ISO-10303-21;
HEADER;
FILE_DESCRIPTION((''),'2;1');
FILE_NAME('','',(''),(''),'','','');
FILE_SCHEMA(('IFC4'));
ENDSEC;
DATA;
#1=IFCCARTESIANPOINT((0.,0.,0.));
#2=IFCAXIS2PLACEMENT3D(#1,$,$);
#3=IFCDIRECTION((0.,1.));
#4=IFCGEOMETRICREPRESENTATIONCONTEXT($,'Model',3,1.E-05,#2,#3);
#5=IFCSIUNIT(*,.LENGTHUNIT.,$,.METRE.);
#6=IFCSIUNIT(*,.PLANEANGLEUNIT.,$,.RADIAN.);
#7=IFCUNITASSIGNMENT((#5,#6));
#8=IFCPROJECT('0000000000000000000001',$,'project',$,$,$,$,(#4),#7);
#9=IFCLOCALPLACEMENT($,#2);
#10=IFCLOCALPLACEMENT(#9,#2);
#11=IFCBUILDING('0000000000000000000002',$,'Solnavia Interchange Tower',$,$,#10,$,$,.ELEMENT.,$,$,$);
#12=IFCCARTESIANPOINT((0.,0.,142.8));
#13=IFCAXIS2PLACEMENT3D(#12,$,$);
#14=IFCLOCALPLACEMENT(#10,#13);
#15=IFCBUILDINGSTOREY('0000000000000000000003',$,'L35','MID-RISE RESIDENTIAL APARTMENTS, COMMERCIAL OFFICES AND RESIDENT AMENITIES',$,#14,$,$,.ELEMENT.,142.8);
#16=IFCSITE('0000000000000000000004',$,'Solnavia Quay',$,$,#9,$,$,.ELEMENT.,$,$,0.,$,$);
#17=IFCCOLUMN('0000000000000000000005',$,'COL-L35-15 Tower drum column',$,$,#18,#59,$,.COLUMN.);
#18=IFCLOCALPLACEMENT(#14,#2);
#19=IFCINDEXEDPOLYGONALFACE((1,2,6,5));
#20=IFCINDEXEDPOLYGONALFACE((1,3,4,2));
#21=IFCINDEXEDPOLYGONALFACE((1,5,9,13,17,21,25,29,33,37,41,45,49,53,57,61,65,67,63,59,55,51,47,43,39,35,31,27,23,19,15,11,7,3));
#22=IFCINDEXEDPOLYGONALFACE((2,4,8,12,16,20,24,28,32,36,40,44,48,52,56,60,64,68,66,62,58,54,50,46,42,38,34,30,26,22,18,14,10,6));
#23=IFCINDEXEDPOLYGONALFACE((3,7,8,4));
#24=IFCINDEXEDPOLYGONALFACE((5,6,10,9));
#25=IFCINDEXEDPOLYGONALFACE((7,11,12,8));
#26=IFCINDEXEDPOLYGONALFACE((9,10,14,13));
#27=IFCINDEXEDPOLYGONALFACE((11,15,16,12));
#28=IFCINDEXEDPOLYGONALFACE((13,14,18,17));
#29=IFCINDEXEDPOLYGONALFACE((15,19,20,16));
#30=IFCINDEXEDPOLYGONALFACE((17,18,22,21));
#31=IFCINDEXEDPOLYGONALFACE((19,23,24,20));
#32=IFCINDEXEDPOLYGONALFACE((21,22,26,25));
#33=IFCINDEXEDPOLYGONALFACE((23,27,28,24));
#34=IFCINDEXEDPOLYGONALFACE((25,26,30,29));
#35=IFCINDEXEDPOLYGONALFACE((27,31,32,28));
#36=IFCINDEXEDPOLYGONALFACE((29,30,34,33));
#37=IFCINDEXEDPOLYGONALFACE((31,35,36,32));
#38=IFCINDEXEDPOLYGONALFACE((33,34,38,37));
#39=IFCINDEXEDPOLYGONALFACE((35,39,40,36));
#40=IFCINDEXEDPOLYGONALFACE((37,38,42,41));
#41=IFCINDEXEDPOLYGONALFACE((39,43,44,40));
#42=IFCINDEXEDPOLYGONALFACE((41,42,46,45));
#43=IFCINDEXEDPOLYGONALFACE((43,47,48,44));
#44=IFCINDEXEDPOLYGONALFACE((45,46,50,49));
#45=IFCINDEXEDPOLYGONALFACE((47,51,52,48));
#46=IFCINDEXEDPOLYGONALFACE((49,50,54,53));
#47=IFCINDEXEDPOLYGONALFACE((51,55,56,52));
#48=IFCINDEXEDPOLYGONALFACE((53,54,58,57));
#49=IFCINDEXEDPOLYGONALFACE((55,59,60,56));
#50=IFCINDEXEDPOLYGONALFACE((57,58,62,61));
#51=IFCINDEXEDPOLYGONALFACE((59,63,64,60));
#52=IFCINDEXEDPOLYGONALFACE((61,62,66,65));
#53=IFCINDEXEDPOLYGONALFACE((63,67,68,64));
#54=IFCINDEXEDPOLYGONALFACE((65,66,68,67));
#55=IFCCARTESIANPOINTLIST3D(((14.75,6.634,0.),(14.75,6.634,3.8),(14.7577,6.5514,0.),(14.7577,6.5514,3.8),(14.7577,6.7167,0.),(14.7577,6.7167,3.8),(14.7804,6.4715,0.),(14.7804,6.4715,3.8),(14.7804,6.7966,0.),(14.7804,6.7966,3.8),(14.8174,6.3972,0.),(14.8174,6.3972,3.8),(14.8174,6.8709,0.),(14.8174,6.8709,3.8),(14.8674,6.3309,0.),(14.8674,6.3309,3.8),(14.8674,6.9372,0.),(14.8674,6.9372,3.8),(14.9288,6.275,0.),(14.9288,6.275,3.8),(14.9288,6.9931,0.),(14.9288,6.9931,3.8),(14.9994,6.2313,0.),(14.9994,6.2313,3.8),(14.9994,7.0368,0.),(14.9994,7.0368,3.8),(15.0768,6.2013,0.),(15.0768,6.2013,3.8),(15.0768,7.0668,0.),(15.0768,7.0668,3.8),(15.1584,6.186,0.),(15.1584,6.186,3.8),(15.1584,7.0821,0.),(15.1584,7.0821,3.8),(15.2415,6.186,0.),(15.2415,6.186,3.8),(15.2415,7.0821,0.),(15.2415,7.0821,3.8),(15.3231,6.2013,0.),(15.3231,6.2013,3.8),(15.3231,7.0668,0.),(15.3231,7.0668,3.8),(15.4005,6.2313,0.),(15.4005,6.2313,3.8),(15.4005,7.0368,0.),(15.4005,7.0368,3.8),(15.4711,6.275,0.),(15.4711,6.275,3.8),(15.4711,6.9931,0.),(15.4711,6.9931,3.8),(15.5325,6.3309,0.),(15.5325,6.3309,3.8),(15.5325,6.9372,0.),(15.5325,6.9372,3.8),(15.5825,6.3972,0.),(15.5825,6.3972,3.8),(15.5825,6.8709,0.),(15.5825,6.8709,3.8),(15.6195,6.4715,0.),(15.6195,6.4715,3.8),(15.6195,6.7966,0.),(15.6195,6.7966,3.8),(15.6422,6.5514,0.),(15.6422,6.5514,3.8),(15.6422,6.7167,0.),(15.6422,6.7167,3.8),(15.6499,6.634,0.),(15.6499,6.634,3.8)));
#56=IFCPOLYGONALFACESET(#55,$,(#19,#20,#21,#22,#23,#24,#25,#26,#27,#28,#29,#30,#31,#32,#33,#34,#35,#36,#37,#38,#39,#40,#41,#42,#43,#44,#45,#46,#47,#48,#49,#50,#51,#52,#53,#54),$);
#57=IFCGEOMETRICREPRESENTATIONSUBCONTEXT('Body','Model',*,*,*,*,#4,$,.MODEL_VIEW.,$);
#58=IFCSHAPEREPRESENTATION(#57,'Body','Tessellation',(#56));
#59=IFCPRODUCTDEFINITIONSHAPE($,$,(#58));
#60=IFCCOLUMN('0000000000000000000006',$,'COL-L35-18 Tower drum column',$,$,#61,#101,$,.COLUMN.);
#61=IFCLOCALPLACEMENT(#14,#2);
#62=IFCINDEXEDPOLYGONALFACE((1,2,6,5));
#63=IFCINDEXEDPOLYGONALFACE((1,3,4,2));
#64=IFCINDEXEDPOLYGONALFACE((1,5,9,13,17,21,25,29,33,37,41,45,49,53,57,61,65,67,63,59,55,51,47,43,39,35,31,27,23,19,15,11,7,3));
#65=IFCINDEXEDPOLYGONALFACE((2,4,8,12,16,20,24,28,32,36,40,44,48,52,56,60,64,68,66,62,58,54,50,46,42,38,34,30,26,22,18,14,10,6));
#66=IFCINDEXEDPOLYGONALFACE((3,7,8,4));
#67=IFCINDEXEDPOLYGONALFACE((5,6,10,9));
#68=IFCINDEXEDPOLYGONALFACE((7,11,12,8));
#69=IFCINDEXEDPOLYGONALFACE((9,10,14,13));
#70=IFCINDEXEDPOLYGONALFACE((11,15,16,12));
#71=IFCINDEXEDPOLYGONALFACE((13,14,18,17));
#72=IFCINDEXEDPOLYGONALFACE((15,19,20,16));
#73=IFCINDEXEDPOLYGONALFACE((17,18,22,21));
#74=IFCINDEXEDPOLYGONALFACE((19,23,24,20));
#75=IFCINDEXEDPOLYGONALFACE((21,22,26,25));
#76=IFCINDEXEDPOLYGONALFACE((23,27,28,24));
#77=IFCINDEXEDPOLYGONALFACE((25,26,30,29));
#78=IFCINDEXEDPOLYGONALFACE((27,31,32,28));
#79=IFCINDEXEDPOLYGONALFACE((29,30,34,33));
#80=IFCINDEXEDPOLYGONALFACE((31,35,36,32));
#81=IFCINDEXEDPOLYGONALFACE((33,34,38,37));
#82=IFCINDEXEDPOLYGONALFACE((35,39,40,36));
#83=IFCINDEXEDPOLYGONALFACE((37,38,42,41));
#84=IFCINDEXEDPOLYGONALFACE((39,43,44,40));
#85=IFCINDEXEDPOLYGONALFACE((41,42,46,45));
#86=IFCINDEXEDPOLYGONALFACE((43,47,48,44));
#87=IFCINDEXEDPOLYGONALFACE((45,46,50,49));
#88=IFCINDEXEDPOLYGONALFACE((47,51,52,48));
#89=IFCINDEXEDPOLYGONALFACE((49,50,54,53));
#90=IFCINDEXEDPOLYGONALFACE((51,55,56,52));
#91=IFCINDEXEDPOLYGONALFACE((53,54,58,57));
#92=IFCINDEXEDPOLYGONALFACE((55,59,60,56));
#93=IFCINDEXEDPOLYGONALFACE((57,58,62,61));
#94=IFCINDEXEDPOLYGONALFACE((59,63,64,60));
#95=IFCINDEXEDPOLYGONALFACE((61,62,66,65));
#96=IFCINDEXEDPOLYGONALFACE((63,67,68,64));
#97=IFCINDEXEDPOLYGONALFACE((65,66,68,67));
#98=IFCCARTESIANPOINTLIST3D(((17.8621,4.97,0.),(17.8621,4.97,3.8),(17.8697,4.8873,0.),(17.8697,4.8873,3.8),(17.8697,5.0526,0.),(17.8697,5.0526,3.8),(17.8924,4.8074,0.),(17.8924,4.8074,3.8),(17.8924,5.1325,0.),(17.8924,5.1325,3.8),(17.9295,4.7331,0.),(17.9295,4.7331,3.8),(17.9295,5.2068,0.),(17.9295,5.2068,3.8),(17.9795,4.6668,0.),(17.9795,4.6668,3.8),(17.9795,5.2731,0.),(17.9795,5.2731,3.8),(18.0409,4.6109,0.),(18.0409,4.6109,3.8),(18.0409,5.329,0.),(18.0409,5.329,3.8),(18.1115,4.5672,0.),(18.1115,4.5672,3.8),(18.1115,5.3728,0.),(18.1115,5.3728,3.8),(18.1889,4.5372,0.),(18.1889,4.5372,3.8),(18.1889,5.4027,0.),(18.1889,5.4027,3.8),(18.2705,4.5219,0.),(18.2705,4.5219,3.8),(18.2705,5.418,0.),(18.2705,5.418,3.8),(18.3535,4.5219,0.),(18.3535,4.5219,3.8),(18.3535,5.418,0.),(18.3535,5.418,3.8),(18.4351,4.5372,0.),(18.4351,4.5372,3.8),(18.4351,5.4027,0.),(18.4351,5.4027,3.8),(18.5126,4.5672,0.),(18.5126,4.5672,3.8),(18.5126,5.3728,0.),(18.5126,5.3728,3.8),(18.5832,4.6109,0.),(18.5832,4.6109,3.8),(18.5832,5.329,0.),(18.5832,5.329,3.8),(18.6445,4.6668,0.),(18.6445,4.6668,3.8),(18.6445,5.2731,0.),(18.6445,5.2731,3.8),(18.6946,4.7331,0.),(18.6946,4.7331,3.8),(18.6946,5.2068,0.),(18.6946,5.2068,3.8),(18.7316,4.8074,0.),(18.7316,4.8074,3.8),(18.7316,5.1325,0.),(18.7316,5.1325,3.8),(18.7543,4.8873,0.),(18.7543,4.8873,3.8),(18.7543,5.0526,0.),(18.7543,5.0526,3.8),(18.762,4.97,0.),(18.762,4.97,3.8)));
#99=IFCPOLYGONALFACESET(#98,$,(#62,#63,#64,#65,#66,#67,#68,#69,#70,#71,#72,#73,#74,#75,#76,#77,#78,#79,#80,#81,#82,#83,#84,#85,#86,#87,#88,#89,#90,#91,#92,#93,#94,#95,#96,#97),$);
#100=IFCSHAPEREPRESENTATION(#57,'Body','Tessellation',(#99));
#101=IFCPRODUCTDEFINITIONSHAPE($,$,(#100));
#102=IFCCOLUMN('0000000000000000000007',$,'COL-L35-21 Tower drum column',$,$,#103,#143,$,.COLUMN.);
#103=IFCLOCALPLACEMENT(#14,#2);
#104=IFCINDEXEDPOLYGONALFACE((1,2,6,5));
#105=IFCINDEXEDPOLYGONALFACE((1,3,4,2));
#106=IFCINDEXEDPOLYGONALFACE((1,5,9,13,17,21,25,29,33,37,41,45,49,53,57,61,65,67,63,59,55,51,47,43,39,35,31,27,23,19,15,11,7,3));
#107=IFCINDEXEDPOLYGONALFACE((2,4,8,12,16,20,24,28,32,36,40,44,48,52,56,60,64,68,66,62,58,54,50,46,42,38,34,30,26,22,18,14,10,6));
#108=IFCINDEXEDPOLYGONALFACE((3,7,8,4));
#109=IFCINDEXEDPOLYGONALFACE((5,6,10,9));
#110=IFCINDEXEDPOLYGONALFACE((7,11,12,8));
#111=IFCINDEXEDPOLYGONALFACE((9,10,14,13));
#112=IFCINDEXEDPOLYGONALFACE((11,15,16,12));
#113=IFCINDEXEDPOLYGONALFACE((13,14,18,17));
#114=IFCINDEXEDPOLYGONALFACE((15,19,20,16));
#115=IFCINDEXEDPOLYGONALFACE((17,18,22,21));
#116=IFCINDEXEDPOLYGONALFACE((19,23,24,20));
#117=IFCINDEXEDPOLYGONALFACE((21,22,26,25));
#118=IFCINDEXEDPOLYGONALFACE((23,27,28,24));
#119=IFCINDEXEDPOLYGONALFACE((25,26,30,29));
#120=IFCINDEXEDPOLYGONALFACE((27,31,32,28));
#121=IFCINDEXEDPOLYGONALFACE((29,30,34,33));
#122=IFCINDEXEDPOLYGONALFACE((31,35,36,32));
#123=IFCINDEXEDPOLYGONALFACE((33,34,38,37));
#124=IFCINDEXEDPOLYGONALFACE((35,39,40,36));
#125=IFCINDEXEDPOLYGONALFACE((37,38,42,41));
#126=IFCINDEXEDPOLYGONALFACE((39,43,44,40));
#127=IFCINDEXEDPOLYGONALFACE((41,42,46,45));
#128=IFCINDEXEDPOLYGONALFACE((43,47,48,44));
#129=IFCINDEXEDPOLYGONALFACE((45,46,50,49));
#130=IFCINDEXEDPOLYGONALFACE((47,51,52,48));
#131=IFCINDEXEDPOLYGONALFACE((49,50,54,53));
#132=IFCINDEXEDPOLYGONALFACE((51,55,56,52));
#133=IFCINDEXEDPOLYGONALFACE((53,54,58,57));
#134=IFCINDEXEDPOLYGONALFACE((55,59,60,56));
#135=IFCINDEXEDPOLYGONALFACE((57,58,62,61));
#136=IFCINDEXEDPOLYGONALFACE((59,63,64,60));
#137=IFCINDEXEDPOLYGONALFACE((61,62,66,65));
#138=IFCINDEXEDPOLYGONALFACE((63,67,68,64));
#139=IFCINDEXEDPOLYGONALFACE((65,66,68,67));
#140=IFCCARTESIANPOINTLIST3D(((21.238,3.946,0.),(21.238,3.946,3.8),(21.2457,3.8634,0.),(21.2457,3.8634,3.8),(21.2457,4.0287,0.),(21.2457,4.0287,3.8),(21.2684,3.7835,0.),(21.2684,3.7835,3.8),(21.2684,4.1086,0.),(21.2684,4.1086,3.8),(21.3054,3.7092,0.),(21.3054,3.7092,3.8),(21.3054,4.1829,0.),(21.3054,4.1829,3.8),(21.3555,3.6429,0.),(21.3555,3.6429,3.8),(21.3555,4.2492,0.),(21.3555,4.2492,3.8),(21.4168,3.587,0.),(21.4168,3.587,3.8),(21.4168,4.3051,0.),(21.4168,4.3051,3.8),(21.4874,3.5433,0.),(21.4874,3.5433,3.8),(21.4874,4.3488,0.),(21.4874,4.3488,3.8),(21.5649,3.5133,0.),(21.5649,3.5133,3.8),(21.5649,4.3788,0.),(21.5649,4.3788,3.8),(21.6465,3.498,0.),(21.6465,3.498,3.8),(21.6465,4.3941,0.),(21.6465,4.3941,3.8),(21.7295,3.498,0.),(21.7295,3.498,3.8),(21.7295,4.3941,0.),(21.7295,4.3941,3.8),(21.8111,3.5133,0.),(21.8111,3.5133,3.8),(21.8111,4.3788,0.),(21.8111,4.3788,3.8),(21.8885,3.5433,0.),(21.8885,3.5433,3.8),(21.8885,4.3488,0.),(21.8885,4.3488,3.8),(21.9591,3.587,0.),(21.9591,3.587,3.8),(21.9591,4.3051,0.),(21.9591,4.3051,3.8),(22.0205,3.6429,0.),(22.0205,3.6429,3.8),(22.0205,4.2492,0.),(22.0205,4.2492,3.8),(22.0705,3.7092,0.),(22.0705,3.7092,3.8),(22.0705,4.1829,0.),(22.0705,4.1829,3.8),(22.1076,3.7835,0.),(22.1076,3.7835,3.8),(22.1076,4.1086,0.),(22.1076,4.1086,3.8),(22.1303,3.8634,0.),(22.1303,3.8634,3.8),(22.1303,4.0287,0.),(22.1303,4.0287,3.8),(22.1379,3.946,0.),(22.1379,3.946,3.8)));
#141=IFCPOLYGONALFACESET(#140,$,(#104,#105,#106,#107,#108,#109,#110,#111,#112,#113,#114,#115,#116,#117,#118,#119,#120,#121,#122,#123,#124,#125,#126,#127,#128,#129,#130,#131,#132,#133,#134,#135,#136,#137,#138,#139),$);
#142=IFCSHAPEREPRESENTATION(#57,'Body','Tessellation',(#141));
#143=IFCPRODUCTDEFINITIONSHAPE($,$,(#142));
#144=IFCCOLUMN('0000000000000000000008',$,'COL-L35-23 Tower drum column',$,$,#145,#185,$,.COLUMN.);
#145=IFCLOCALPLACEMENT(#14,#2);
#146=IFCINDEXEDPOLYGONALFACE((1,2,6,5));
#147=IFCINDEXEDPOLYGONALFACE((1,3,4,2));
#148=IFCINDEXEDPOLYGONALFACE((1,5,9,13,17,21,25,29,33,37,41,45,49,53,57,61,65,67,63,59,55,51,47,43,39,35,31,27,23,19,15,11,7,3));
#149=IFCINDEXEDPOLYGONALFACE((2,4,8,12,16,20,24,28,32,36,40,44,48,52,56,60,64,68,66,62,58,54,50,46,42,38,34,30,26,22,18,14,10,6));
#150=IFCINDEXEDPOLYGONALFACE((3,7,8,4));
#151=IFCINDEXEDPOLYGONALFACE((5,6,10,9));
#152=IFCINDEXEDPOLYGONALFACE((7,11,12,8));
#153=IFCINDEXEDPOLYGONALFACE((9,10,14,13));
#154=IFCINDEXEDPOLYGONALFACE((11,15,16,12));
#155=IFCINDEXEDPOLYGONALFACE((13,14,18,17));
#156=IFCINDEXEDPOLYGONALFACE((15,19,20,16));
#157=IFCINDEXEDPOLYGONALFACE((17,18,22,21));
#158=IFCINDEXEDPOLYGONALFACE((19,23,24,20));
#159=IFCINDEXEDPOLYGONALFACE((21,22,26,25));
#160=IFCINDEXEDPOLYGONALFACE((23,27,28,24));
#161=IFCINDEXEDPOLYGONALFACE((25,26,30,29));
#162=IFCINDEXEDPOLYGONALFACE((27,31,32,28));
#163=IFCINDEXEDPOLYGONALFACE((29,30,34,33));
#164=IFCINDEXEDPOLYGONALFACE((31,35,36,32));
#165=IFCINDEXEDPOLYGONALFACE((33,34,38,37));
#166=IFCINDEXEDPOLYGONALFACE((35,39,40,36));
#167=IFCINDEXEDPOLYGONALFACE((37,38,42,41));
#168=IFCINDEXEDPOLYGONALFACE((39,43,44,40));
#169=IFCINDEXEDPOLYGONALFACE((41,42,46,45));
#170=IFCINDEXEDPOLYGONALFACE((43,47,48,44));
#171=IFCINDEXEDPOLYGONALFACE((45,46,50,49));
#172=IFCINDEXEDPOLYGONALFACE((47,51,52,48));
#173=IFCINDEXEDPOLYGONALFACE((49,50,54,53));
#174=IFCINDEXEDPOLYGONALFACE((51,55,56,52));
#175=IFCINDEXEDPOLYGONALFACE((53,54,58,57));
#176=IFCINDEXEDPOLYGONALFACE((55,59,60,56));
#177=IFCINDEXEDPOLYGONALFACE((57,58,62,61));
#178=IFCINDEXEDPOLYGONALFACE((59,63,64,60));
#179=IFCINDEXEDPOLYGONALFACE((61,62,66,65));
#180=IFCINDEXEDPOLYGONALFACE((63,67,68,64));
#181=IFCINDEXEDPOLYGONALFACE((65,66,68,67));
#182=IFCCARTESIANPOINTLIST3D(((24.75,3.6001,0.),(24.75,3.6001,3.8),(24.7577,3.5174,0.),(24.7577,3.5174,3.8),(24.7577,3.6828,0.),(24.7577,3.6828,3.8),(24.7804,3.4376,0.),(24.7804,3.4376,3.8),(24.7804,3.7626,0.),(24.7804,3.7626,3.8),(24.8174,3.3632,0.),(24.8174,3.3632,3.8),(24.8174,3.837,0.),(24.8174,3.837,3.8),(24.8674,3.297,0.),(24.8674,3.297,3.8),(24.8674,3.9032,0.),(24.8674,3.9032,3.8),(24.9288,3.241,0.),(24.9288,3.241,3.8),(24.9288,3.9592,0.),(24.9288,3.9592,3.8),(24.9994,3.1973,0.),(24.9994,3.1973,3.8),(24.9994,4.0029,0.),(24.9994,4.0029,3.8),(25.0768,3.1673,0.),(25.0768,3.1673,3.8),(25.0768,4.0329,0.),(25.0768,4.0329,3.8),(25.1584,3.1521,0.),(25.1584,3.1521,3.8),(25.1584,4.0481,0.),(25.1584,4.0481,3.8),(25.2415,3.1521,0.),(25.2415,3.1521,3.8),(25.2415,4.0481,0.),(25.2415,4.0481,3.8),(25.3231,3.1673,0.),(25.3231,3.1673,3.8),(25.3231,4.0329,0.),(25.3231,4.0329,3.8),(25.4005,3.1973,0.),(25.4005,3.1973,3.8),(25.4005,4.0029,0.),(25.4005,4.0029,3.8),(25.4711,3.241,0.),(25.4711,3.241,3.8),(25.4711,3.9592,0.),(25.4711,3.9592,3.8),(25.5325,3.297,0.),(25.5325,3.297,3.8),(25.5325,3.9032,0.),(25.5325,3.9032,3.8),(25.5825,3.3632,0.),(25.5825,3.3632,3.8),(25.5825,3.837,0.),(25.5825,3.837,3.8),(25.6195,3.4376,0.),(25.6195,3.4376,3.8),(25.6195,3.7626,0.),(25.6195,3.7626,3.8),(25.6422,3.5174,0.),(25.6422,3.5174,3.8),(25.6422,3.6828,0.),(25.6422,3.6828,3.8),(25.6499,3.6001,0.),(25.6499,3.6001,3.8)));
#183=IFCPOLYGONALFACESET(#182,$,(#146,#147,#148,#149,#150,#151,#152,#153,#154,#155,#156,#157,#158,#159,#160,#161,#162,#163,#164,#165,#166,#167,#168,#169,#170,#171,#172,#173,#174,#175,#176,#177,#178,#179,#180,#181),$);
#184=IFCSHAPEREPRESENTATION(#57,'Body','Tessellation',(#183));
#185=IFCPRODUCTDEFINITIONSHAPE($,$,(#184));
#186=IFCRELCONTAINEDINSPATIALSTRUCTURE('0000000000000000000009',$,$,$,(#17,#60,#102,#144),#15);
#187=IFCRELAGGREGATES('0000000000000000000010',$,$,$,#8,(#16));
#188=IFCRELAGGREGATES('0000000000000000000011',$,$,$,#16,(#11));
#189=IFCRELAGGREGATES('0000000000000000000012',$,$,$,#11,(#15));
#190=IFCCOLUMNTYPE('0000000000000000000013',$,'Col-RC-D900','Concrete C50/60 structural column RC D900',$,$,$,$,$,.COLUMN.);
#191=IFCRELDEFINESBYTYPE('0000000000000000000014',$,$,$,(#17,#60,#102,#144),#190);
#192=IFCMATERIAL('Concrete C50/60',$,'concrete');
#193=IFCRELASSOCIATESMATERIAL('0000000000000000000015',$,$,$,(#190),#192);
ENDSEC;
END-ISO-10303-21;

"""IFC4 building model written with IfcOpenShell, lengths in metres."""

from ifc_helpers import new_model, si_unit, direction, frame, origin, origin_2d, place, context, subcontext, project, spatial, circle, extrude, material, material_profile, profile_set, type_object, element, save


model = new_model("IFC4")

# Units and contexts
model_context = context("Model", 3, precision=1e-05, world=origin(), true_north=direction((0.0, 1.0)))
body_context = subcontext(model_context, "Body", "Model", "MODEL_VIEW")
ifc_project = project(units=[si_unit("LENGTHUNIT", "METRE"), si_unit("PLANEANGLEUNIT", "RADIAN")], contexts=[model_context])

# Site, building, storey
site_placement = place(None, origin())
site = spatial("IfcSite", under=ifc_project, at=site_placement, Name="Solnavia Quay", CompositionType="ELEMENT", RefElevation=0.0)
building_placement = place(site_placement, origin())
building = spatial("IfcBuilding", under=site, at=building_placement, Name="Solnavia Interchange Tower", CompositionType="ELEMENT")
storey_placement = place(building_placement, frame((0.0, 0.0, 142.8)))
storey = spatial("IfcBuildingStorey", under=building, at=storey_placement, Name="L35", Description="MID-RISE RESIDENTIAL APARTMENTS, COMMERCIAL OFFICES AND RESIDENT AMENITIES", CompositionType="ELEMENT", Elevation=142.8)

# Columns
ifc_material_1 = material(Name="Concrete C50/60", Category="concrete")
ifc_material_profile_1 = material_profile(ifc_material_1, circle(Radius=0.45, at=origin_2d()), Name="RC D900")
ifc_profile_set_1 = profile_set([ifc_material_profile_1], Name="Concrete C50/60")
column_type_1 = type_object("IfcColumnType", Name="Col-RC-D900", Description="Concrete C50/60 structural column RC D900", PredefinedType="COLUMN", material=ifc_profile_set_1)
for number, where, z_axis, x_axis, name in (
    (1, (15.2, 6.634, 0.0), (0.0, 0.0, 1.0), (1.0, 0.0, 0.0), "COL-L35-15 Tower drum column"),
    (2, (18.312, 4.97, 0.0), (0.0, 0.0, 1.0), (1.0, 0.0, 0.0), "COL-L35-18 Tower drum column"),
    (3, (21.688, 3.946, 0.0), (0.0, 0.0, 1.0), (1.0, 0.0, 0.0), "COL-L35-21 Tower drum column"),
    (4, (25.2, 3.6001, 0.0), (0.0, 0.0, 1.0), (1.0, 0.0, 0.0), "COL-L35-23 Tower drum column"),
):
    element("IfcColumn", number, at=place(storey_placement, frame(where, z_axis=z_axis, x_axis=x_axis)), inside=storey, type_object=column_type_1, Name=name, PredefinedType="COLUMN", context=body_context, shape_type="SweptSolid", body=[
        extrude(circle(Radius=0.45, at=origin_2d()), origin(), (0.0, 0.0, 1.0), 3.8),
    ])

save(model, "model.ifc")
